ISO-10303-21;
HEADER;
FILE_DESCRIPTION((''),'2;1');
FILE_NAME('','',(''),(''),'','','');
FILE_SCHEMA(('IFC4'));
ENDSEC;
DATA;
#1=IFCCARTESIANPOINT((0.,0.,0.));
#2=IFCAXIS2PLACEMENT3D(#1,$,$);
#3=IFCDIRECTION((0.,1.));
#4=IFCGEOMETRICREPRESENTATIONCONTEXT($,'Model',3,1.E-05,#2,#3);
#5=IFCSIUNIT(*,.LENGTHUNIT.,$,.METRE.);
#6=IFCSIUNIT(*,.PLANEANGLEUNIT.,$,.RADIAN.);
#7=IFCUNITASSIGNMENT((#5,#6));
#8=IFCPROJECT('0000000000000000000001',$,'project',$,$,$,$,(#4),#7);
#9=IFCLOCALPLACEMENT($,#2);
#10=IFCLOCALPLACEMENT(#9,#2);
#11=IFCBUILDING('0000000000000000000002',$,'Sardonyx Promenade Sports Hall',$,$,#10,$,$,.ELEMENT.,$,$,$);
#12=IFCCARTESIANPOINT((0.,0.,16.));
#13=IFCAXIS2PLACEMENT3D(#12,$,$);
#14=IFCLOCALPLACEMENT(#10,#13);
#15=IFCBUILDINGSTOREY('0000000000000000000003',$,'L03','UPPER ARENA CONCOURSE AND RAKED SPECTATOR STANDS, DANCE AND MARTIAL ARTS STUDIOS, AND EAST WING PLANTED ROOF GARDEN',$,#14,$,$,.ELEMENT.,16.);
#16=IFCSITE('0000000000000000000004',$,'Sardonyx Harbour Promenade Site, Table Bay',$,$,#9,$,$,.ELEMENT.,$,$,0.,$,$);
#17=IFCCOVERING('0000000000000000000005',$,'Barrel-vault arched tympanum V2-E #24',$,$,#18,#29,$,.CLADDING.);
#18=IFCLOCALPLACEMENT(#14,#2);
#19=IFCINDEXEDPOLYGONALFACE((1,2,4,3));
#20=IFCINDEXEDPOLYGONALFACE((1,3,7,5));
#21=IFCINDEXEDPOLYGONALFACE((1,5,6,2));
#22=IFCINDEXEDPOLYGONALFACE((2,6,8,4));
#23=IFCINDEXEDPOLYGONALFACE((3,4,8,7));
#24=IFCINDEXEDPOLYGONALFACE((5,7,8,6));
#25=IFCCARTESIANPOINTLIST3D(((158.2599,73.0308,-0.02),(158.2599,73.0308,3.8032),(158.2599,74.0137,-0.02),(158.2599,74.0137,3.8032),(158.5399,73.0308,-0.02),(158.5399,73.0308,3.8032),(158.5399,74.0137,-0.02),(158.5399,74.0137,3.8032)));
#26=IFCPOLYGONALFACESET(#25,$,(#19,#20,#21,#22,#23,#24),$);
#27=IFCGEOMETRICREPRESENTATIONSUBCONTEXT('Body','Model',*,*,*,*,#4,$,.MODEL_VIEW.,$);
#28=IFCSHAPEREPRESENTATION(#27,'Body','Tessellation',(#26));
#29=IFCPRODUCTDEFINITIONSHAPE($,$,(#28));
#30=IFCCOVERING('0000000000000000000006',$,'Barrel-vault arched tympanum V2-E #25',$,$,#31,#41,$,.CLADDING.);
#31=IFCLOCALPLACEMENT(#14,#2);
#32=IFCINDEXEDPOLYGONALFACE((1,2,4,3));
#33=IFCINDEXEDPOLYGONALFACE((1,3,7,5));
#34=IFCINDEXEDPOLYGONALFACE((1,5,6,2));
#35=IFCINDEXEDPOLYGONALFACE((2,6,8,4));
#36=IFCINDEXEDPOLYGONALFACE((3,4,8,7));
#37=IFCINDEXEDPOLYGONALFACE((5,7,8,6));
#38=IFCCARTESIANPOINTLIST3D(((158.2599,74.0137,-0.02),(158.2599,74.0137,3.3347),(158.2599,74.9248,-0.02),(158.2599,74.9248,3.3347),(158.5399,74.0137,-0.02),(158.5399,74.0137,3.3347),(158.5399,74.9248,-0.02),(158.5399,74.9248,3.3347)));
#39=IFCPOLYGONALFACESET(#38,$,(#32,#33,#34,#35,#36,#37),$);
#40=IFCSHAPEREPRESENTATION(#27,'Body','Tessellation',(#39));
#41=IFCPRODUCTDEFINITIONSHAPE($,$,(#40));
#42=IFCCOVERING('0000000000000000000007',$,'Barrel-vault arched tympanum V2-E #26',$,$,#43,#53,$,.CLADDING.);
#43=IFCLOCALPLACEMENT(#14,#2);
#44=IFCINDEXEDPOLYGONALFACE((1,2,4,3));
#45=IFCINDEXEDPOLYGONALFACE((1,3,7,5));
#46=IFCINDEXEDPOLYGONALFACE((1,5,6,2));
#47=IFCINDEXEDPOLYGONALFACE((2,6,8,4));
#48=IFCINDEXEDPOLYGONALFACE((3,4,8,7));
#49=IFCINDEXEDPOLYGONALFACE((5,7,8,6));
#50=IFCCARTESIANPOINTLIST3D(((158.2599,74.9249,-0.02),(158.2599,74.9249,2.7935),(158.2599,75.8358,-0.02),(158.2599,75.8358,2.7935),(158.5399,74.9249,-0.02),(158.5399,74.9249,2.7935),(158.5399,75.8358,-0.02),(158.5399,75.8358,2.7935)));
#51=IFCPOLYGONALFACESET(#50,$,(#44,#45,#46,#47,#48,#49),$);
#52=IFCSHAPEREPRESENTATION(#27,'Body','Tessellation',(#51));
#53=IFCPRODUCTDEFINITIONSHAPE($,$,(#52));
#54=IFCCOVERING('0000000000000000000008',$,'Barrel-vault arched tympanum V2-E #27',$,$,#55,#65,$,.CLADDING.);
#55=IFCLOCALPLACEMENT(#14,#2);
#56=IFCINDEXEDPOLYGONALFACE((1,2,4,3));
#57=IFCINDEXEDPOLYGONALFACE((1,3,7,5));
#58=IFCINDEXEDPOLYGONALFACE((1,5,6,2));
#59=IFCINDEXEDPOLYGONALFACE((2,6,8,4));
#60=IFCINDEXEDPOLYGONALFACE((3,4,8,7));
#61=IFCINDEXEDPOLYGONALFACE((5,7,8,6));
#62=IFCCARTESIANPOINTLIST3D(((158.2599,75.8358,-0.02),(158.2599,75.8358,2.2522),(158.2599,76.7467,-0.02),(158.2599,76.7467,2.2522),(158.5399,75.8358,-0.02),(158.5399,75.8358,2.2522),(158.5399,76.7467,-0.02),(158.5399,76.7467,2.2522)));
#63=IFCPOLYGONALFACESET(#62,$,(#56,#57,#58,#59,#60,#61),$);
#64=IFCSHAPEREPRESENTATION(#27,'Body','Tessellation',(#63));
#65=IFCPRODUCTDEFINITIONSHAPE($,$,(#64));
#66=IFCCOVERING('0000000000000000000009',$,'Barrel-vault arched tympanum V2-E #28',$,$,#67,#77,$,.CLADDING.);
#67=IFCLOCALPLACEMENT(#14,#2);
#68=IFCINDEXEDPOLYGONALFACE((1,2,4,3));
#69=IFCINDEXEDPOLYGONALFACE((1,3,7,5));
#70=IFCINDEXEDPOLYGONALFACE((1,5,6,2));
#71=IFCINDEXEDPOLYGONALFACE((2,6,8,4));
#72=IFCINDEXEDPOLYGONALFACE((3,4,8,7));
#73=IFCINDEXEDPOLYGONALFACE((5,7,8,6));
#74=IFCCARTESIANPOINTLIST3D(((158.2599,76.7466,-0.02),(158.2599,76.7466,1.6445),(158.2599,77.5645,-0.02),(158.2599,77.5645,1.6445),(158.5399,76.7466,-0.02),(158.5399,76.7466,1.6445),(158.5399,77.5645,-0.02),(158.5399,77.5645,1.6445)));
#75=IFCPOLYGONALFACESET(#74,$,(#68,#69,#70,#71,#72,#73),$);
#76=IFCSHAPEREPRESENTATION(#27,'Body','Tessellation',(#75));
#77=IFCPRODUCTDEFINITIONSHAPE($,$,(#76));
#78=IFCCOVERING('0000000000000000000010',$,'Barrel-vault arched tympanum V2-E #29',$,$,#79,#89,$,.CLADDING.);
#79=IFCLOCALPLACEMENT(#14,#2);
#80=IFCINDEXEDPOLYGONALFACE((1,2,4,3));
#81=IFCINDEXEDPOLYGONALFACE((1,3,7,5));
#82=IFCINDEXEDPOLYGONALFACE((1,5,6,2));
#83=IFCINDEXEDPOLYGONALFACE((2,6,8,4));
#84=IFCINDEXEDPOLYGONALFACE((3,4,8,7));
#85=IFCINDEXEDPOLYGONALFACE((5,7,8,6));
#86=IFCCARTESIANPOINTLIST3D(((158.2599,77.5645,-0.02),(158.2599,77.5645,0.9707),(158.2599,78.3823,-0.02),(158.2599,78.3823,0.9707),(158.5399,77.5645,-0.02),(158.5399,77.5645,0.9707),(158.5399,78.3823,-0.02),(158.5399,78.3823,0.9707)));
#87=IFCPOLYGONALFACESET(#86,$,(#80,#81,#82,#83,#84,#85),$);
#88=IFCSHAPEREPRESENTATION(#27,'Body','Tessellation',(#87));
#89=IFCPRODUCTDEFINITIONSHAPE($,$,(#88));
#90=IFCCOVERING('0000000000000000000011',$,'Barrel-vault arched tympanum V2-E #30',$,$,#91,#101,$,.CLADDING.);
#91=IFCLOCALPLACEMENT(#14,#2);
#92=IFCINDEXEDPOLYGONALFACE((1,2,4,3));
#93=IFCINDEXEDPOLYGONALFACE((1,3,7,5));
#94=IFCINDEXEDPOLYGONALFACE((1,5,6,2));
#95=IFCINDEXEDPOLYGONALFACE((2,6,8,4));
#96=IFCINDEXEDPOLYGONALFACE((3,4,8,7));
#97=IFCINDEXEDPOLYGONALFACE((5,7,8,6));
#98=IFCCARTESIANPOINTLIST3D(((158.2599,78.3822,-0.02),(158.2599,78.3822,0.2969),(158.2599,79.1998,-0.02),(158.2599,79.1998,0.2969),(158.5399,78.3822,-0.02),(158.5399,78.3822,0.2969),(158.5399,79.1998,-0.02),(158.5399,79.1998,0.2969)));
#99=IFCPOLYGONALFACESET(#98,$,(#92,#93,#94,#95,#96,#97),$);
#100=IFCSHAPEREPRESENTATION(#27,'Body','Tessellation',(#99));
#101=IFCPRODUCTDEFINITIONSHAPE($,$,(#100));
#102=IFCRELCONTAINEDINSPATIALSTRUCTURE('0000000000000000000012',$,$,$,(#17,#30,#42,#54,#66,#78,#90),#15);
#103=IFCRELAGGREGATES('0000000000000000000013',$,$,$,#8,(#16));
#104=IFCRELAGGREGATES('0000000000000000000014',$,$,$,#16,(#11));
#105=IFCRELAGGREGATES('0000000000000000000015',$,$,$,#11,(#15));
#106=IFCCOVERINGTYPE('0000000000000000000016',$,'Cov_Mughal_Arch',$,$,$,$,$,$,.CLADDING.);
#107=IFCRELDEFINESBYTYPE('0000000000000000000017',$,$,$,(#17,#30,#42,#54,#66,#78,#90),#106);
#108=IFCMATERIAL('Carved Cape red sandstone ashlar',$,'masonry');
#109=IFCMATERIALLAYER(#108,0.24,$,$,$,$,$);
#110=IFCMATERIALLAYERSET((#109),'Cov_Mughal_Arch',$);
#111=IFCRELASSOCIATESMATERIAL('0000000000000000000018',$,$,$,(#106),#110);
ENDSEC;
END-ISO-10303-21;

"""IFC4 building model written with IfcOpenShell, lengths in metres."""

from ifc_helpers import new_model, si_unit, direction, frame, frame_2d, origin, place, context, subcontext, project, spatial, rectangle, extrude, material, layer, layer_set, type_object, element, save


model = new_model("IFC4")

# Units and contexts
model_context = context("Model", 3, precision=1e-05, world=origin(), true_north=direction((0.0, 1.0)))
body_context = subcontext(model_context, "Body", "Model", "MODEL_VIEW")
ifc_project = project(units=[si_unit("LENGTHUNIT", "METRE"), si_unit("PLANEANGLEUNIT", "RADIAN")], contexts=[model_context])

# Site, building, storey
site_placement = place(None, origin())
site = spatial("IfcSite", under=ifc_project, at=site_placement, Name="Sardonyx Harbour Promenade Site, Table Bay", CompositionType="ELEMENT", RefElevation=0.0)
building_placement = place(site_placement, origin())
building = spatial("IfcBuilding", under=site, at=building_placement, Name="Sardonyx Promenade Sports Hall", CompositionType="ELEMENT")
storey_placement = place(building_placement, frame((0.0, 0.0, 16.0)))
storey = spatial("IfcBuildingStorey", under=building, at=storey_placement, Name="L03", Description="UPPER ARENA CONCOURSE AND RAKED SPECTATOR STANDS, DANCE AND MARTIAL ARTS STUDIOS, AND EAST WING PLANTED ROOF GARDEN", CompositionType="ELEMENT", Elevation=16.0)

# Coverings
ifc_material_1 = material(Name="Carved Cape red sandstone ashlar", Category="masonry")
ifc_layer_1 = layer(ifc_material_1, 0.24)
ifc_layer_set_1 = layer_set([ifc_layer_1], Name="Cov_Mughal_Arch")
covering_type_1 = type_object("IfcCoveringType", Name="Cov_Mughal_Arch", PredefinedType="CLADDING", material=ifc_layer_set_1)
covering_1_placement = place(storey_placement, frame((158.3999, 73.0308, -0.02), z_axis=(0.0, 0.0, 1.0), x_axis=(0.0, 1.0, 0.0)))
element("IfcCovering", 1, at=covering_1_placement, inside=storey, type_object=covering_type_1, Name="Barrel-vault arched tympanum V2-E #24", PredefinedType="CLADDING", context=body_context, shape_type="SweptSolid", body=[
    extrude(rectangle(XDim=0.9829, YDim=0.28, at=frame_2d((0.4915, 0.0))), origin(), (0.0, 0.0, 1.0), 3.8232),
])
covering_2_placement = place(storey_placement, frame((158.3999, 74.0137, -0.02), z_axis=(0.0, 0.0, 1.0), x_axis=(0.0, 1.0, 0.0)))
element("IfcCovering", 2, at=covering_2_placement, inside=storey, type_object=covering_type_1, Name="Barrel-vault arched tympanum V2-E #25", PredefinedType="CLADDING", context=body_context, shape_type="SweptSolid", body=[
    extrude(rectangle(XDim=0.9111, YDim=0.28, at=frame_2d((0.4556, 0.0))), origin(), (0.0, 0.0, 1.0), 3.3547),
])
covering_3_placement = place(storey_placement, frame((158.3999, 74.9248, -0.02), z_axis=(0.0, 0.0, 1.0), x_axis=(0.0, 1.0, 0.0)))
element("IfcCovering", 3, at=covering_3_placement, inside=storey, type_object=covering_type_1, Name="Barrel-vault arched tympanum V2-E #26", PredefinedType="CLADDING", context=body_context, shape_type="SweptSolid", body=[
    extrude(rectangle(XDim=0.9109, YDim=0.28, at=frame_2d((0.4556, 0.0))), origin(), (0.0, 0.0, 1.0), 2.8135),
])
covering_4_placement = place(storey_placement, frame((158.3999, 75.8357, -0.02), z_axis=(0.0, 0.0, 1.0), x_axis=(0.0, 1.0, 0.0)))
element("IfcCovering", 4, at=covering_4_placement, inside=storey, type_object=covering_type_1, Name="Barrel-vault arched tympanum V2-E #27", PredefinedType="CLADDING", context=body_context, shape_type="SweptSolid", body=[
    extrude(rectangle(XDim=0.9109, YDim=0.28, at=frame_2d((0.4556, 0.0))), origin(), (0.0, 0.0, 1.0), 2.2722),
])
covering_5_placement = place(storey_placement, frame((158.3999, 76.7466, -0.02), z_axis=(0.0, 0.0, 1.0), x_axis=(0.0, 1.0, 0.0)))
element("IfcCovering", 5, at=covering_5_placement, inside=storey, type_object=covering_type_1, Name="Barrel-vault arched tympanum V2-E #28", PredefinedType="CLADDING", context=body_context, shape_type="SweptSolid", body=[
    extrude(rectangle(XDim=0.8179, YDim=0.28, at=frame_2d((0.4089, 0.0))), origin(), (0.0, 0.0, 1.0), 1.6646),
])
covering_6_placement = place(storey_placement, frame((158.3999, 77.5645, -0.02), z_axis=(0.0, 0.0, 1.0), x_axis=(0.0, 1.0, 0.0)))
element("IfcCovering", 6, at=covering_6_placement, inside=storey, type_object=covering_type_1, Name="Barrel-vault arched tympanum V2-E #29", PredefinedType="CLADDING", context=body_context, shape_type="SweptSolid", body=[
    extrude(rectangle(XDim=0.8179, YDim=0.28, at=frame_2d((0.4089, 0.0))), origin(), (0.0, 0.0, 1.0), 0.9907),
])
covering_7_placement = place(storey_placement, frame((158.3999, 78.3823, -0.02), z_axis=(0.0, 0.0, 1.0), x_axis=(0.0, 1.0, 0.0)))
element("IfcCovering", 7, at=covering_7_placement, inside=storey, type_object=covering_type_1, Name="Barrel-vault arched tympanum V2-E #30", PredefinedType="CLADDING", context=body_context, shape_type="SweptSolid", body=[
    extrude(rectangle(XDim=0.8176, YDim=0.28, at=frame_2d((0.4087, 0.0))), origin(), (0.0, 0.0, 1.0), 0.3169),
])

save(model, "model.ifc")
